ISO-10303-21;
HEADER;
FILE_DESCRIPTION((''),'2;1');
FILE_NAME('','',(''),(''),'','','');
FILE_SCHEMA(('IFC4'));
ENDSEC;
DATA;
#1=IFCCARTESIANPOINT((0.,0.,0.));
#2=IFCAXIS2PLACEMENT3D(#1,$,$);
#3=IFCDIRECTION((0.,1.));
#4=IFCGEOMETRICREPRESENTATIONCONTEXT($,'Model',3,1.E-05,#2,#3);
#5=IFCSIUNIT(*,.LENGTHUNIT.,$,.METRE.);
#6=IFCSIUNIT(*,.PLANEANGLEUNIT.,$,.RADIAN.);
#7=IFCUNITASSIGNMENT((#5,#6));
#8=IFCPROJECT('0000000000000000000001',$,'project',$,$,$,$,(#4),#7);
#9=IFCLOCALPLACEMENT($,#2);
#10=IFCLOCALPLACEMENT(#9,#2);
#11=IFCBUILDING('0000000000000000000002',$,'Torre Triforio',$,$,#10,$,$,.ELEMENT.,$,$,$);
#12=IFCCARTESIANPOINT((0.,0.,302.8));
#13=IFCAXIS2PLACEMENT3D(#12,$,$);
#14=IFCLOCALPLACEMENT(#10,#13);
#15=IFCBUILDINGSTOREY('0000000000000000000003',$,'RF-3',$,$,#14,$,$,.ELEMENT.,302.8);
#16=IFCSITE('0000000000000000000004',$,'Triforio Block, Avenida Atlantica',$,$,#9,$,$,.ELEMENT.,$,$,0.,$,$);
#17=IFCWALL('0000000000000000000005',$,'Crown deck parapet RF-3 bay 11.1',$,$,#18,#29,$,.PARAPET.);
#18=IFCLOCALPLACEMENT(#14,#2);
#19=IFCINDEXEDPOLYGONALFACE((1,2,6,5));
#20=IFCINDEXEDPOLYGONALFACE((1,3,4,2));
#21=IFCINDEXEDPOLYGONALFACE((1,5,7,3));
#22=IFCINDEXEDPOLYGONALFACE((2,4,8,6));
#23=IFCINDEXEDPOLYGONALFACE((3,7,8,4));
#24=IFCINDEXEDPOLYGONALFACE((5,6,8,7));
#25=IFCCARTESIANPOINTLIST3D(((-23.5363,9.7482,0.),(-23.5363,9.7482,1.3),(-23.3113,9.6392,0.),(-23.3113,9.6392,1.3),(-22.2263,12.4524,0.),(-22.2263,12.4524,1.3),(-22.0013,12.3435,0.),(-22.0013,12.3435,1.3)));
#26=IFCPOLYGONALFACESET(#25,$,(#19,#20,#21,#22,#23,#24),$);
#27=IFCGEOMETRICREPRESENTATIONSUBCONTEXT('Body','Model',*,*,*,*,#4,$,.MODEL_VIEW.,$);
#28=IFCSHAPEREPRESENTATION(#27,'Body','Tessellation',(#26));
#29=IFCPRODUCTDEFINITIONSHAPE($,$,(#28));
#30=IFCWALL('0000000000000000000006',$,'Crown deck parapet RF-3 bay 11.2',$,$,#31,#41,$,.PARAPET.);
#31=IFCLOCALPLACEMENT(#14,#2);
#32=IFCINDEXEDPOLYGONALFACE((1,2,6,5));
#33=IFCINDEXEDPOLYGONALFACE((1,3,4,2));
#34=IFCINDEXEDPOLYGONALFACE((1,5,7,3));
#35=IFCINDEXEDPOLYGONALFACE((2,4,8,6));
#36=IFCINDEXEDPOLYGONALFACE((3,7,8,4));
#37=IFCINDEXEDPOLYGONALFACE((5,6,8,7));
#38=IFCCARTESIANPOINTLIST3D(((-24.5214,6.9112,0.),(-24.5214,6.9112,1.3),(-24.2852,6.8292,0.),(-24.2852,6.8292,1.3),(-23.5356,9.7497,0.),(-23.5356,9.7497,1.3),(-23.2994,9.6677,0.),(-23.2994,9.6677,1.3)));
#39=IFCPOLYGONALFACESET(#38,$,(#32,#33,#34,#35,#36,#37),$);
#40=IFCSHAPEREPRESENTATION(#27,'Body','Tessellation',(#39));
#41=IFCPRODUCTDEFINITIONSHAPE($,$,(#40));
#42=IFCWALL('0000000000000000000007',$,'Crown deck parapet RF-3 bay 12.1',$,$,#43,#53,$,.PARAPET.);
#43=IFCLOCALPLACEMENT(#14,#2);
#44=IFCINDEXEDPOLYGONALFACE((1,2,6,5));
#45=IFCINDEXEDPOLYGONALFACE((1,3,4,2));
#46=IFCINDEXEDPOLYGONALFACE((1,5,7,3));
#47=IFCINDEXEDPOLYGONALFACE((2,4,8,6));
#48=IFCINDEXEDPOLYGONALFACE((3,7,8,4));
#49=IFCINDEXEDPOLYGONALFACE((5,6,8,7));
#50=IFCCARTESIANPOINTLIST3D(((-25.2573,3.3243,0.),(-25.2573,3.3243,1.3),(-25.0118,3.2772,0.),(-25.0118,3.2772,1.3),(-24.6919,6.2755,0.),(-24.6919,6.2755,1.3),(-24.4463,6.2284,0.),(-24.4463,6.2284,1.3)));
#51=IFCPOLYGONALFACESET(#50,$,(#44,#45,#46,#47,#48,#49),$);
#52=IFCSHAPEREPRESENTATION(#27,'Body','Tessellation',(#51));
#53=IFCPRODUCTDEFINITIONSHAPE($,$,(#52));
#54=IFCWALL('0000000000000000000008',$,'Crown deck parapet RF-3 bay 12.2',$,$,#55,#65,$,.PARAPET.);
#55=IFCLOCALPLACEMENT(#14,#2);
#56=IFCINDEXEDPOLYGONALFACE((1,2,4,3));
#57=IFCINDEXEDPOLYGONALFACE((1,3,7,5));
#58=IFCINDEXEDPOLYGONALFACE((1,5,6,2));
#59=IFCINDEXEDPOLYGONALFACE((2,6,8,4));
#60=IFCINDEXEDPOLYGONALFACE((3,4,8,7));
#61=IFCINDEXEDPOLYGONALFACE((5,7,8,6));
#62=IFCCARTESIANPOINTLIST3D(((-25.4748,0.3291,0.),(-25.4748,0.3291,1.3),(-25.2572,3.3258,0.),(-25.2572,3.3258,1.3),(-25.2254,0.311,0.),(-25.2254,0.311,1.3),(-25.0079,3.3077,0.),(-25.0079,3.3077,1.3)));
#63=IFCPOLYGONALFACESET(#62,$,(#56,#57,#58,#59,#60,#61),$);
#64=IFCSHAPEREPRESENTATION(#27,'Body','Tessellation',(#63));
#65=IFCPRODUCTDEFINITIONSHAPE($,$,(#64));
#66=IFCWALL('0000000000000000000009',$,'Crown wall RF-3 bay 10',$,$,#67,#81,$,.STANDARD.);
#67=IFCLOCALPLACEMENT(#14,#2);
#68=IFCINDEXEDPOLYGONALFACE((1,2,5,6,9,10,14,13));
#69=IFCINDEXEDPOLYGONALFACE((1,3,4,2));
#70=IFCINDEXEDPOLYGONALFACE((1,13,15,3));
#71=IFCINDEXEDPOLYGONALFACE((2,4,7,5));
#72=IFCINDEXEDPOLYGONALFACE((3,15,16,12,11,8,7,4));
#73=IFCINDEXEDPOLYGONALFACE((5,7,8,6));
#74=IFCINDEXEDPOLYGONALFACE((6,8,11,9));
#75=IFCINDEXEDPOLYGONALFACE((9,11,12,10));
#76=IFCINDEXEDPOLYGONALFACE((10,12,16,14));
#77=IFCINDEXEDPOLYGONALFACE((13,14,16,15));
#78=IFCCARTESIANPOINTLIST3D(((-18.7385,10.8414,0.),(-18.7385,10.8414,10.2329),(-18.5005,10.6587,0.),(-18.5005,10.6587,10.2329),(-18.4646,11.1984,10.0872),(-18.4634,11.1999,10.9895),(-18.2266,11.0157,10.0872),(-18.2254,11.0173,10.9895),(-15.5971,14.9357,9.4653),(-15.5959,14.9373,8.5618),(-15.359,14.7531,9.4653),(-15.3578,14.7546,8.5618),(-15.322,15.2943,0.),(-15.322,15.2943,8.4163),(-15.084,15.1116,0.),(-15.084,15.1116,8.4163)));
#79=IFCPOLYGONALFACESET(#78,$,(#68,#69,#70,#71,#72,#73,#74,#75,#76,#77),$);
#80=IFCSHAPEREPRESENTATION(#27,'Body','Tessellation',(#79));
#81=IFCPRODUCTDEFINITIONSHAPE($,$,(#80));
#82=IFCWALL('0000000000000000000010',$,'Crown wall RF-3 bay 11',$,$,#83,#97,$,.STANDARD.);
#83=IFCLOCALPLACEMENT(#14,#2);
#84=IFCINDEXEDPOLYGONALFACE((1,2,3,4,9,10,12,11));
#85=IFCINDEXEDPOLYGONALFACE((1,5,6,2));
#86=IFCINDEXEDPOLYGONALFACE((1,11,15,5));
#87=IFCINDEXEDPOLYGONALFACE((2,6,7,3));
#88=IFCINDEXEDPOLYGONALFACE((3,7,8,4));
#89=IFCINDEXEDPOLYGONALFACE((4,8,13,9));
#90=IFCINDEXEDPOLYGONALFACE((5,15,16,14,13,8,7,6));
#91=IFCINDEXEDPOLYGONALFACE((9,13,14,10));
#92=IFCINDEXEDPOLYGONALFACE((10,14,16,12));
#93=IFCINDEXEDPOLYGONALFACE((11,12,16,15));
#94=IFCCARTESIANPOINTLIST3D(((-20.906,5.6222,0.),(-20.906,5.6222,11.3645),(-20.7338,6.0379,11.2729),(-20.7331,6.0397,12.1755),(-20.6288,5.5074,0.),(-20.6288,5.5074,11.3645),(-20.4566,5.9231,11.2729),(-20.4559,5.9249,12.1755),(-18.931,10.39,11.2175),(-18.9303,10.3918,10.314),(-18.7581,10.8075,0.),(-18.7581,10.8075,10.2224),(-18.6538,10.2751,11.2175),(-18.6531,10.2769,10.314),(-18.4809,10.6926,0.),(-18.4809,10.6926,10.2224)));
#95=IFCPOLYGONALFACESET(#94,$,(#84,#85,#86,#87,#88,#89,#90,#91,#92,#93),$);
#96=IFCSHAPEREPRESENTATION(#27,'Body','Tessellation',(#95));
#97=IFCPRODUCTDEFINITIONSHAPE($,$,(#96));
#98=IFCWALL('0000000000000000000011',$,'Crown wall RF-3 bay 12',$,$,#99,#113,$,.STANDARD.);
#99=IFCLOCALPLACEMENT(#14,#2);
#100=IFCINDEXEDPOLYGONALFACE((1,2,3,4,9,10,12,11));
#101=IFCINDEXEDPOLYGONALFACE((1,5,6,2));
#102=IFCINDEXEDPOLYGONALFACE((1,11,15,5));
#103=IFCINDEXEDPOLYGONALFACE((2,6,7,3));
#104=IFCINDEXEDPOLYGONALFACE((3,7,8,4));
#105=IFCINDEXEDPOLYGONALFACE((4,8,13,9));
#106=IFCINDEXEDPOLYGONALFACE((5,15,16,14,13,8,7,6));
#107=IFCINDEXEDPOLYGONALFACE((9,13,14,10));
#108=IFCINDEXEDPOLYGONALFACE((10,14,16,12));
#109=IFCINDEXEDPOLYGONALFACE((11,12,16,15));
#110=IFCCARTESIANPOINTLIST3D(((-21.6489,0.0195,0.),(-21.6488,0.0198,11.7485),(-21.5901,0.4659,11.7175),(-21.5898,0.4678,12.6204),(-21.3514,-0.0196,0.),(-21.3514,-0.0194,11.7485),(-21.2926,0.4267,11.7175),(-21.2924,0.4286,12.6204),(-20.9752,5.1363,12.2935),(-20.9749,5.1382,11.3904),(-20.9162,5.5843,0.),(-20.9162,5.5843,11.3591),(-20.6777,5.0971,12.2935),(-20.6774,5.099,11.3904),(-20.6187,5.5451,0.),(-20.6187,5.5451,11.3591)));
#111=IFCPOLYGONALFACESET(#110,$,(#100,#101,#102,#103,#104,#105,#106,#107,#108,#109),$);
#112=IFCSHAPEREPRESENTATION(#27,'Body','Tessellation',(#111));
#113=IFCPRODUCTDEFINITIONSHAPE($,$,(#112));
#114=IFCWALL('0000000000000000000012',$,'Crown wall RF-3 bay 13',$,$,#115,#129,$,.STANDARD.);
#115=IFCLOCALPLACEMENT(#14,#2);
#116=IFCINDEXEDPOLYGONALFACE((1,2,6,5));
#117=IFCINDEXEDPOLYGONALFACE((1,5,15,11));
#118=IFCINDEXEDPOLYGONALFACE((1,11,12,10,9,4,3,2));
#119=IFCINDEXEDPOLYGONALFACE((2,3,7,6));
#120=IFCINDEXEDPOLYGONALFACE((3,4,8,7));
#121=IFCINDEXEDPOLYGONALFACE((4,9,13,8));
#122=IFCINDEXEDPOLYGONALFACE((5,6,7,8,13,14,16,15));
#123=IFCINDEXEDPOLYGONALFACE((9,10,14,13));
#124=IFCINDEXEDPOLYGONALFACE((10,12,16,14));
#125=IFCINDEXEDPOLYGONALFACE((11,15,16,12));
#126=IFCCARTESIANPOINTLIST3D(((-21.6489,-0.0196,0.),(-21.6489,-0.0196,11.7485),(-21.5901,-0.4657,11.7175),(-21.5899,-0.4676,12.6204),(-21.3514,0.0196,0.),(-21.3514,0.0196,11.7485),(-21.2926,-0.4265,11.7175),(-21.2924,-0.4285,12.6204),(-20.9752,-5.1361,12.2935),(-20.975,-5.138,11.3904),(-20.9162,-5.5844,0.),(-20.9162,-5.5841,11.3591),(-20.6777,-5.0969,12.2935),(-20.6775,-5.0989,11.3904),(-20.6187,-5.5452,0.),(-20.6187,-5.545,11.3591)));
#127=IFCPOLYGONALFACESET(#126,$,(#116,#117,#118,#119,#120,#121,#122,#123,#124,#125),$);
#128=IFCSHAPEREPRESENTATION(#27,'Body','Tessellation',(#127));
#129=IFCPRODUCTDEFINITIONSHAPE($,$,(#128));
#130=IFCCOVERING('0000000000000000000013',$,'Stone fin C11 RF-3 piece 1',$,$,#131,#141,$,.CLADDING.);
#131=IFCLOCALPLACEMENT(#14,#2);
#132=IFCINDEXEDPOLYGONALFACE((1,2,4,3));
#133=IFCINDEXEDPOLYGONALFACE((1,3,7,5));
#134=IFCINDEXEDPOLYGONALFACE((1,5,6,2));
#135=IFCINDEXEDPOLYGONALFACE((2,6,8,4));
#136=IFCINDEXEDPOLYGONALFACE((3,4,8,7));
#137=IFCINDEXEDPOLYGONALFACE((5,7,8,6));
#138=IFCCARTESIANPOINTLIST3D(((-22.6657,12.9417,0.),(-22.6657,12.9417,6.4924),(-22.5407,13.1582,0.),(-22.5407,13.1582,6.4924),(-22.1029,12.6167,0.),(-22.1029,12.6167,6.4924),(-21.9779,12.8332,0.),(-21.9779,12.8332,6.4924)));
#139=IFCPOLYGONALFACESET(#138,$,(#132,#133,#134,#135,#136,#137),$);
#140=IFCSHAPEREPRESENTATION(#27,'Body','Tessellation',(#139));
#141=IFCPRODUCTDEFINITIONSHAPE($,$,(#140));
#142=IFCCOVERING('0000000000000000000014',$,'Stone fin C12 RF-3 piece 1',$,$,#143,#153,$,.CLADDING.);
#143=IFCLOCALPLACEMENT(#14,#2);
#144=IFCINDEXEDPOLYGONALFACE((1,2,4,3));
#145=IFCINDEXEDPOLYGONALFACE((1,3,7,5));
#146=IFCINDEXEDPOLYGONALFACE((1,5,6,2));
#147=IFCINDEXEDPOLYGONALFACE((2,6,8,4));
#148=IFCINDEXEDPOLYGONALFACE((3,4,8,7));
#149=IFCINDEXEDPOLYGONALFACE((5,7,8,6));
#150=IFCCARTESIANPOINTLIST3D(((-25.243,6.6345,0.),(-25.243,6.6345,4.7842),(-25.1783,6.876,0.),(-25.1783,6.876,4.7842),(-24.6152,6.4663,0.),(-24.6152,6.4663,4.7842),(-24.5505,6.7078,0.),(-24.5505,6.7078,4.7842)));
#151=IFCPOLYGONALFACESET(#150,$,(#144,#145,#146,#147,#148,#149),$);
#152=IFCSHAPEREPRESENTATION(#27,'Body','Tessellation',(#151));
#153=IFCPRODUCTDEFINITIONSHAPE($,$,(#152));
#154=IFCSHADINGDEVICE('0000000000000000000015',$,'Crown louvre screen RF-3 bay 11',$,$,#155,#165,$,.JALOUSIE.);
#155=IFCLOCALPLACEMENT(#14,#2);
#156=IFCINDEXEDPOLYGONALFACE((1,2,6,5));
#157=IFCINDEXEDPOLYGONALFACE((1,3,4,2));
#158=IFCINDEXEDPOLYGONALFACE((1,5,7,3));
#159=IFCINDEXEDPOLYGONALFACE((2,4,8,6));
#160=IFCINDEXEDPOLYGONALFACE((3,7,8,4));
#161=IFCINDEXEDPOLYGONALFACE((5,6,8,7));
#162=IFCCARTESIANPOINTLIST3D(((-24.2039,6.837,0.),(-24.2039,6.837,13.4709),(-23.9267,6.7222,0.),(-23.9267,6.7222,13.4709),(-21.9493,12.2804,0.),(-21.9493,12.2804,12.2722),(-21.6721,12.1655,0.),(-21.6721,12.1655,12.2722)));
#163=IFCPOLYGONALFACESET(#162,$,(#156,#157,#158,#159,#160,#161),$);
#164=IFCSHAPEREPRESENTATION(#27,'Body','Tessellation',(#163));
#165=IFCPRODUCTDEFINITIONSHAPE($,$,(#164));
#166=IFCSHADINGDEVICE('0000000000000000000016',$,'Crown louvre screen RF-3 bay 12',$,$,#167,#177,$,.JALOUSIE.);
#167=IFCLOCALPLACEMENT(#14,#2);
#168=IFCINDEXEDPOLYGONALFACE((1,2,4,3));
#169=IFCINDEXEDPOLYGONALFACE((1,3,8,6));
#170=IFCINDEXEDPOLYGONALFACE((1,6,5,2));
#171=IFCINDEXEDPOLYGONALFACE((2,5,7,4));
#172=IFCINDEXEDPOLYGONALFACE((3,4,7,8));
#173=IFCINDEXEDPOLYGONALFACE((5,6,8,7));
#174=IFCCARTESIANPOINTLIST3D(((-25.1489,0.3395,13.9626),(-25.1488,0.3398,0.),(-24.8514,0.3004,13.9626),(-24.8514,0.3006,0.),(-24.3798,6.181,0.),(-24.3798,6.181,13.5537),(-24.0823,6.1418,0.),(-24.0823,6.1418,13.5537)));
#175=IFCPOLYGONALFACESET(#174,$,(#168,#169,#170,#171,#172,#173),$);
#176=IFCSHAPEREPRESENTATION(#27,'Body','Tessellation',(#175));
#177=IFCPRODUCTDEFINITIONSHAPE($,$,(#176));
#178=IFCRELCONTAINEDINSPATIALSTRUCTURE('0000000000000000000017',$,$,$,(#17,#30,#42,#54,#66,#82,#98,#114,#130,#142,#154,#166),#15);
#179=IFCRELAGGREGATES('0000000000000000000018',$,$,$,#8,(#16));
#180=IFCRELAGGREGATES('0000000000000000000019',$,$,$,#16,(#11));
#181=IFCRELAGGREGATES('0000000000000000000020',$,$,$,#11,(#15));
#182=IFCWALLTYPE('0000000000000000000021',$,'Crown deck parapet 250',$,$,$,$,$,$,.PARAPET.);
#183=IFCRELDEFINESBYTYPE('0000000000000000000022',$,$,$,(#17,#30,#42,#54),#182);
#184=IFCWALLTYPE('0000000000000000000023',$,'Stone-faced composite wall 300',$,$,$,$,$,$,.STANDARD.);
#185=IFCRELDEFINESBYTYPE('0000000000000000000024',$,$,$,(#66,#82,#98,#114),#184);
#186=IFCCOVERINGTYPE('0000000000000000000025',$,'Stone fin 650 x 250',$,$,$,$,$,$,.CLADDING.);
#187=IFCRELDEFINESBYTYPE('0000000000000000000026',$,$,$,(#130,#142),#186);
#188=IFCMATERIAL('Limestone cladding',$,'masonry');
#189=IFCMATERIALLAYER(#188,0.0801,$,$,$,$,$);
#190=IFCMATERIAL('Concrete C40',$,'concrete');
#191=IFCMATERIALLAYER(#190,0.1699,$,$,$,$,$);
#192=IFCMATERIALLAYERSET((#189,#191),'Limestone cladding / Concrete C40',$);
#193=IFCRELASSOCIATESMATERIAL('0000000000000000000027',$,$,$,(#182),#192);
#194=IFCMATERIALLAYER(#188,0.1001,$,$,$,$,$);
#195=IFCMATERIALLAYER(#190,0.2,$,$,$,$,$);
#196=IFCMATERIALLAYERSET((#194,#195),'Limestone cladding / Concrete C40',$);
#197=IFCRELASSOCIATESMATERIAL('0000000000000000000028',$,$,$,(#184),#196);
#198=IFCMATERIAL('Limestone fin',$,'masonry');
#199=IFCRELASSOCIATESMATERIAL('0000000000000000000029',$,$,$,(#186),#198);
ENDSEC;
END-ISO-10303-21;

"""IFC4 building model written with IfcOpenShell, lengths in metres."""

from ifc_helpers import new_model, si_unit, direction, frame, frame_2d, origin, origin_2d, place, context, subcontext, project, spatial, polyline, rectangle, outline, extrude, material, layer, layer_set, material_profile, profile_set, type_object, element, save


model = new_model("IFC4")

# Units and contexts
model_context = context("Model", 3, precision=1e-05, world=origin(), true_north=direction((0.0, 1.0)))
body_context = subcontext(model_context, "Body", "Model", "MODEL_VIEW")
ifc_project = project(units=[si_unit("LENGTHUNIT", "METRE"), si_unit("PLANEANGLEUNIT", "RADIAN")], contexts=[model_context])

# Site, building, storey
site_placement = place(None, origin())
site = spatial("IfcSite", under=ifc_project, at=site_placement, Name="Triforio Block, Avenida Atlantica", CompositionType="ELEMENT", RefElevation=0.0)
building_placement = place(site_placement, origin())
building = spatial("IfcBuilding", under=site, at=building_placement, Name="Torre Triforio", CompositionType="ELEMENT")
storey_placement = place(building_placement, frame((0.0, 0.0, 302.8)))
storey = spatial("IfcBuildingStorey", under=building, at=storey_placement, Name="RF-3", CompositionType="ELEMENT", Elevation=302.8)

# Shared definitions
ifc_material_1 = material(Name="Concrete C40", Category="concrete")

# Walls
ifc_material_2 = material(Name="Limestone cladding", Category="masonry")
ifc_layer_1 = layer(ifc_material_2, 0.0801)
ifc_layer_2 = layer(ifc_material_1, 0.1699)
ifc_layer_set_1 = layer_set([ifc_layer_1, ifc_layer_2], Name="Limestone cladding / Concrete C40")
wall_type_1 = type_object("IfcWallType", Name="Crown deck parapet 250", PredefinedType="PARAPET", material=ifc_layer_set_1)
for number, where, z_axis, x_axis, name in (
    (1, (-22.1138, 12.3979, 0.0), (0.0, 0.0, 1.0), (-0.435966, -0.899963, 0.0), "Crown deck parapet RF-3 bay 11.1"),
    (2, (-23.4175, 9.7087, 0.0), (0.0, 0.0, 1.0), (-0.328073, -0.944652, 0.0), "Crown deck parapet RF-3 bay 11.2"),
    (3, (-24.5691, 6.252, 0.0), (0.0, 0.0, 1.0), (-0.188172, -0.982136, 0.0), "Crown deck parapet RF-3 bay 12.1"),
):
    element("IfcWall", number, at=place(storey_placement, frame(where, z_axis=z_axis, x_axis=x_axis)), inside=storey, type_object=wall_type_1, Name=name, PredefinedType="PARAPET", context=body_context, shape_type="SweptSolid", body=[
        extrude(rectangle(XDim=3.0049, YDim=0.25, at=frame_2d((1.5024, 0.0))), origin(), (0.0, 0.0, 1.0), 1.3),
    ])
wall_1_placement = place(storey_placement, frame((-25.1326, 3.3169, 0.0), z_axis=(0.0, 0.0, 1.0), x_axis=(-0.072396, -0.997376, 0.0)))
element("IfcWall", 4, at=wall_1_placement, inside=storey, type_object=wall_type_1, Name="Crown deck parapet RF-3 bay 12.2", PredefinedType="PARAPET", context=body_context, shape_type="SweptSolid", body=[
    extrude(rectangle(XDim=3.0046, YDim=0.25, at=frame_2d((1.5024, 0.0))), origin(), (0.0, 0.0, 1.0), 1.3),
])
ifc_layer_3 = layer(ifc_material_2, 0.1001)
ifc_layer_4 = layer(ifc_material_1, 0.2)
ifc_layer_set_2 = layer_set([ifc_layer_3, ifc_layer_4], Name="Limestone cladding / Concrete C40")
wall_type_2 = type_object("IfcWallType", Name="Stone-faced composite wall 300", PredefinedType="STANDARD", material=ifc_layer_set_2)
wall_2_placement = place(storey_placement, frame((-15.2029, 15.2029, 0.0), z_axis=(0.0, 0.0, 1.0), x_axis=(-0.608726, -0.79338, 0.0)))
element("IfcWall", 5, at=wall_2_placement, inside=storey, type_object=wall_type_2, Name="Crown wall RF-3 bay 10", PredefinedType="STANDARD", context=body_context, shape_type="SweptSolid", body=[
    extrude(outline(polyline([(0.0, 0.0), (5.6125, 0.0), (5.6125, 10.2329), (5.1626, 10.0872), (5.1606, 10.9895), (0.4519, 9.4653), (0.45, 8.5618), (0.0, 8.4163), (0.0, 0.0)])), frame((0.0, 0.1499, 0.0), z_axis=(0.0, -1.0, 0.0), x_axis=(1.0, 0.0, 0.0)), (0.0, 0.0, 1.0), 0.3),
])
wall_3_placement = place(storey_placement, frame((-18.6194, 10.75, 0.0), z_axis=(0.0, 0.0, 1.0), x_axis=(-0.382703, -0.923872, 0.0)))
element("IfcWall", 6, at=wall_3_placement, inside=storey, type_object=wall_type_2, Name="Crown wall RF-3 bay 11", PredefinedType="STANDARD", context=body_context, shape_type="SweptSolid", body=[
    extrude(outline(polyline([(0.0, 0.0), (5.6125, 0.0), (5.6125, 11.3645), (5.1626, 11.2729), (5.1606, 12.1755), (0.4519, 11.2175), (0.45, 10.314), (0.0, 10.2224), (0.0, 0.0)])), frame((0.0, 0.1499, 0.0), z_axis=(0.0, -1.0, 0.0), x_axis=(1.0, 0.0, 0.0)), (0.0, 0.0, 1.0), 0.3),
])
wall_4_placement = place(storey_placement, frame((-20.7673, 5.5647, 0.0), z_axis=(0.0, 0.0, 1.0), x_axis=(-0.130537, -0.991443, 0.0)))
element("IfcWall", 7, at=wall_4_placement, inside=storey, type_object=wall_type_2, Name="Crown wall RF-3 bay 12", PredefinedType="STANDARD", context=body_context, shape_type="SweptSolid", body=[
    extrude(outline(polyline([(0.0, 0.0), (5.6128, 0.0), (5.6125, 11.7485), (5.1626, 11.7175), (5.1606, 12.6204), (0.4519, 12.2935), (0.45, 11.3904), (0.0, 11.3591), (0.0, 0.0)])), frame((0.0, 0.1499, 0.0), z_axis=(0.0, -1.0, 0.0), x_axis=(1.0, 0.0, 0.0)), (0.0, 0.0, 1.0), 0.3),
])
wall_5_placement = place(storey_placement, frame((-21.5, 0.0, 0.0), z_axis=(0.0, 0.0, 1.0), x_axis=(0.130537, -0.991443, 0.0)))
element("IfcWall", 8, at=wall_5_placement, inside=storey, type_object=wall_type_2, Name="Crown wall RF-3 bay 13", PredefinedType="STANDARD", context=body_context, shape_type="SweptSolid", body=[
    extrude(outline(polyline([(0.0, 0.0), (5.6128, 0.0), (5.6125, 11.3591), (5.1626, 11.3904), (5.1606, 12.2935), (0.4519, 12.6204), (0.45, 11.7175), (0.0, 11.7485), (0.0, 0.0)])), frame((0.0, 0.1499, 0.0), z_axis=(0.0, -1.0, 0.0), x_axis=(1.0, 0.0, 0.0)), (0.0, 0.0, 1.0), 0.3),
])

# Coverings
ifc_material_3 = material(Name="Limestone fin", Category="masonry")
ifc_material_profile_1 = material_profile(ifc_material_3, rectangle(XDim=0.6499, YDim=0.25, at=origin_2d()), Name="FIN 650x250")
ifc_profile_set_1 = profile_set([ifc_material_profile_1], Name="Limestone fin")
covering_type = type_object("IfcCoveringType", Name="Stone fin 650 x 250", PredefinedType="CLADDING", material=ifc_profile_set_1)
covering_1_placement = place(storey_placement, frame((-22.3218, 12.8875, 0.0), z_axis=(0.0, 0.0, 1.0), x_axis=(-0.866025, 0.5, 0.0)))
element("IfcCovering", 9, at=covering_1_placement, inside=storey, type_object=covering_type, Name="Stone fin C11 RF-3 piece 1", PredefinedType="CLADDING", context=body_context, shape_type="SweptSolid", body=[
    extrude(rectangle(XDim=0.6499, YDim=0.25, at=origin_2d()), origin(), (0.0, 0.0, 1.0), 6.4924),
])
covering_2_placement = place(storey_placement, frame((-24.8967, 6.6711, 0.0), z_axis=(0.0, 0.0, 1.0), x_axis=(-0.965926, 0.258819, 0.0)))
element("IfcCovering", 10, at=covering_2_placement, inside=storey, type_object=covering_type, Name="Stone fin C12 RF-3 piece 1", PredefinedType="CLADDING", context=body_context, shape_type="SweptSolid", body=[
    extrude(rectangle(XDim=0.6499, YDim=0.25, at=origin_2d()), origin(), (0.0, 0.0, 1.0), 4.7842),
])

# Shading devices
shading_device_1_placement = place(storey_placement, frame((-21.8105, 12.2229, 0.0), z_axis=(0.0, 0.0, 1.0), x_axis=(-0.382673, -0.923884, 0.0)))
element("IfcShadingDevice", 11, at=shading_device_1_placement, inside=storey, Name="Crown louvre screen RF-3 bay 11", PredefinedType="JALOUSIE", context=body_context, shape_type="SweptSolid", body=[
    extrude(outline(polyline([(0.0, 0.0), (5.8918, 0.0), (5.8918, 13.4709), (0.0, 12.2722), (0.0, 0.0)])), frame((0.0, 0.1499, 0.0), z_axis=(0.0, -1.0, 0.0), x_axis=(1.0, 0.0, 0.0)), (0.0, 0.0, 1.0), 0.3),
])
shading_device_2_placement = place(storey_placement, frame((-24.231, 6.1614, 0.0), z_axis=(0.0, 0.0, 1.0), x_axis=(-0.13053, -0.991444, 0.0)))
element("IfcShadingDevice", 12, at=shading_device_2_placement, inside=storey, Name="Crown louvre screen RF-3 bay 12", PredefinedType="JALOUSIE", context=body_context, shape_type="SweptSolid", body=[
    extrude(outline(polyline([(0.0, 0.0), (5.8916, 0.0), (5.8918, 13.9626), (0.0, 13.5537), (0.0, 0.0)])), frame((0.0, 0.1499, 0.0), z_axis=(0.0, -1.0, 0.0), x_axis=(1.0, 0.0, 0.0)), (0.0, 0.0, 1.0), 0.3),
])

save(model, "model.ifc")
